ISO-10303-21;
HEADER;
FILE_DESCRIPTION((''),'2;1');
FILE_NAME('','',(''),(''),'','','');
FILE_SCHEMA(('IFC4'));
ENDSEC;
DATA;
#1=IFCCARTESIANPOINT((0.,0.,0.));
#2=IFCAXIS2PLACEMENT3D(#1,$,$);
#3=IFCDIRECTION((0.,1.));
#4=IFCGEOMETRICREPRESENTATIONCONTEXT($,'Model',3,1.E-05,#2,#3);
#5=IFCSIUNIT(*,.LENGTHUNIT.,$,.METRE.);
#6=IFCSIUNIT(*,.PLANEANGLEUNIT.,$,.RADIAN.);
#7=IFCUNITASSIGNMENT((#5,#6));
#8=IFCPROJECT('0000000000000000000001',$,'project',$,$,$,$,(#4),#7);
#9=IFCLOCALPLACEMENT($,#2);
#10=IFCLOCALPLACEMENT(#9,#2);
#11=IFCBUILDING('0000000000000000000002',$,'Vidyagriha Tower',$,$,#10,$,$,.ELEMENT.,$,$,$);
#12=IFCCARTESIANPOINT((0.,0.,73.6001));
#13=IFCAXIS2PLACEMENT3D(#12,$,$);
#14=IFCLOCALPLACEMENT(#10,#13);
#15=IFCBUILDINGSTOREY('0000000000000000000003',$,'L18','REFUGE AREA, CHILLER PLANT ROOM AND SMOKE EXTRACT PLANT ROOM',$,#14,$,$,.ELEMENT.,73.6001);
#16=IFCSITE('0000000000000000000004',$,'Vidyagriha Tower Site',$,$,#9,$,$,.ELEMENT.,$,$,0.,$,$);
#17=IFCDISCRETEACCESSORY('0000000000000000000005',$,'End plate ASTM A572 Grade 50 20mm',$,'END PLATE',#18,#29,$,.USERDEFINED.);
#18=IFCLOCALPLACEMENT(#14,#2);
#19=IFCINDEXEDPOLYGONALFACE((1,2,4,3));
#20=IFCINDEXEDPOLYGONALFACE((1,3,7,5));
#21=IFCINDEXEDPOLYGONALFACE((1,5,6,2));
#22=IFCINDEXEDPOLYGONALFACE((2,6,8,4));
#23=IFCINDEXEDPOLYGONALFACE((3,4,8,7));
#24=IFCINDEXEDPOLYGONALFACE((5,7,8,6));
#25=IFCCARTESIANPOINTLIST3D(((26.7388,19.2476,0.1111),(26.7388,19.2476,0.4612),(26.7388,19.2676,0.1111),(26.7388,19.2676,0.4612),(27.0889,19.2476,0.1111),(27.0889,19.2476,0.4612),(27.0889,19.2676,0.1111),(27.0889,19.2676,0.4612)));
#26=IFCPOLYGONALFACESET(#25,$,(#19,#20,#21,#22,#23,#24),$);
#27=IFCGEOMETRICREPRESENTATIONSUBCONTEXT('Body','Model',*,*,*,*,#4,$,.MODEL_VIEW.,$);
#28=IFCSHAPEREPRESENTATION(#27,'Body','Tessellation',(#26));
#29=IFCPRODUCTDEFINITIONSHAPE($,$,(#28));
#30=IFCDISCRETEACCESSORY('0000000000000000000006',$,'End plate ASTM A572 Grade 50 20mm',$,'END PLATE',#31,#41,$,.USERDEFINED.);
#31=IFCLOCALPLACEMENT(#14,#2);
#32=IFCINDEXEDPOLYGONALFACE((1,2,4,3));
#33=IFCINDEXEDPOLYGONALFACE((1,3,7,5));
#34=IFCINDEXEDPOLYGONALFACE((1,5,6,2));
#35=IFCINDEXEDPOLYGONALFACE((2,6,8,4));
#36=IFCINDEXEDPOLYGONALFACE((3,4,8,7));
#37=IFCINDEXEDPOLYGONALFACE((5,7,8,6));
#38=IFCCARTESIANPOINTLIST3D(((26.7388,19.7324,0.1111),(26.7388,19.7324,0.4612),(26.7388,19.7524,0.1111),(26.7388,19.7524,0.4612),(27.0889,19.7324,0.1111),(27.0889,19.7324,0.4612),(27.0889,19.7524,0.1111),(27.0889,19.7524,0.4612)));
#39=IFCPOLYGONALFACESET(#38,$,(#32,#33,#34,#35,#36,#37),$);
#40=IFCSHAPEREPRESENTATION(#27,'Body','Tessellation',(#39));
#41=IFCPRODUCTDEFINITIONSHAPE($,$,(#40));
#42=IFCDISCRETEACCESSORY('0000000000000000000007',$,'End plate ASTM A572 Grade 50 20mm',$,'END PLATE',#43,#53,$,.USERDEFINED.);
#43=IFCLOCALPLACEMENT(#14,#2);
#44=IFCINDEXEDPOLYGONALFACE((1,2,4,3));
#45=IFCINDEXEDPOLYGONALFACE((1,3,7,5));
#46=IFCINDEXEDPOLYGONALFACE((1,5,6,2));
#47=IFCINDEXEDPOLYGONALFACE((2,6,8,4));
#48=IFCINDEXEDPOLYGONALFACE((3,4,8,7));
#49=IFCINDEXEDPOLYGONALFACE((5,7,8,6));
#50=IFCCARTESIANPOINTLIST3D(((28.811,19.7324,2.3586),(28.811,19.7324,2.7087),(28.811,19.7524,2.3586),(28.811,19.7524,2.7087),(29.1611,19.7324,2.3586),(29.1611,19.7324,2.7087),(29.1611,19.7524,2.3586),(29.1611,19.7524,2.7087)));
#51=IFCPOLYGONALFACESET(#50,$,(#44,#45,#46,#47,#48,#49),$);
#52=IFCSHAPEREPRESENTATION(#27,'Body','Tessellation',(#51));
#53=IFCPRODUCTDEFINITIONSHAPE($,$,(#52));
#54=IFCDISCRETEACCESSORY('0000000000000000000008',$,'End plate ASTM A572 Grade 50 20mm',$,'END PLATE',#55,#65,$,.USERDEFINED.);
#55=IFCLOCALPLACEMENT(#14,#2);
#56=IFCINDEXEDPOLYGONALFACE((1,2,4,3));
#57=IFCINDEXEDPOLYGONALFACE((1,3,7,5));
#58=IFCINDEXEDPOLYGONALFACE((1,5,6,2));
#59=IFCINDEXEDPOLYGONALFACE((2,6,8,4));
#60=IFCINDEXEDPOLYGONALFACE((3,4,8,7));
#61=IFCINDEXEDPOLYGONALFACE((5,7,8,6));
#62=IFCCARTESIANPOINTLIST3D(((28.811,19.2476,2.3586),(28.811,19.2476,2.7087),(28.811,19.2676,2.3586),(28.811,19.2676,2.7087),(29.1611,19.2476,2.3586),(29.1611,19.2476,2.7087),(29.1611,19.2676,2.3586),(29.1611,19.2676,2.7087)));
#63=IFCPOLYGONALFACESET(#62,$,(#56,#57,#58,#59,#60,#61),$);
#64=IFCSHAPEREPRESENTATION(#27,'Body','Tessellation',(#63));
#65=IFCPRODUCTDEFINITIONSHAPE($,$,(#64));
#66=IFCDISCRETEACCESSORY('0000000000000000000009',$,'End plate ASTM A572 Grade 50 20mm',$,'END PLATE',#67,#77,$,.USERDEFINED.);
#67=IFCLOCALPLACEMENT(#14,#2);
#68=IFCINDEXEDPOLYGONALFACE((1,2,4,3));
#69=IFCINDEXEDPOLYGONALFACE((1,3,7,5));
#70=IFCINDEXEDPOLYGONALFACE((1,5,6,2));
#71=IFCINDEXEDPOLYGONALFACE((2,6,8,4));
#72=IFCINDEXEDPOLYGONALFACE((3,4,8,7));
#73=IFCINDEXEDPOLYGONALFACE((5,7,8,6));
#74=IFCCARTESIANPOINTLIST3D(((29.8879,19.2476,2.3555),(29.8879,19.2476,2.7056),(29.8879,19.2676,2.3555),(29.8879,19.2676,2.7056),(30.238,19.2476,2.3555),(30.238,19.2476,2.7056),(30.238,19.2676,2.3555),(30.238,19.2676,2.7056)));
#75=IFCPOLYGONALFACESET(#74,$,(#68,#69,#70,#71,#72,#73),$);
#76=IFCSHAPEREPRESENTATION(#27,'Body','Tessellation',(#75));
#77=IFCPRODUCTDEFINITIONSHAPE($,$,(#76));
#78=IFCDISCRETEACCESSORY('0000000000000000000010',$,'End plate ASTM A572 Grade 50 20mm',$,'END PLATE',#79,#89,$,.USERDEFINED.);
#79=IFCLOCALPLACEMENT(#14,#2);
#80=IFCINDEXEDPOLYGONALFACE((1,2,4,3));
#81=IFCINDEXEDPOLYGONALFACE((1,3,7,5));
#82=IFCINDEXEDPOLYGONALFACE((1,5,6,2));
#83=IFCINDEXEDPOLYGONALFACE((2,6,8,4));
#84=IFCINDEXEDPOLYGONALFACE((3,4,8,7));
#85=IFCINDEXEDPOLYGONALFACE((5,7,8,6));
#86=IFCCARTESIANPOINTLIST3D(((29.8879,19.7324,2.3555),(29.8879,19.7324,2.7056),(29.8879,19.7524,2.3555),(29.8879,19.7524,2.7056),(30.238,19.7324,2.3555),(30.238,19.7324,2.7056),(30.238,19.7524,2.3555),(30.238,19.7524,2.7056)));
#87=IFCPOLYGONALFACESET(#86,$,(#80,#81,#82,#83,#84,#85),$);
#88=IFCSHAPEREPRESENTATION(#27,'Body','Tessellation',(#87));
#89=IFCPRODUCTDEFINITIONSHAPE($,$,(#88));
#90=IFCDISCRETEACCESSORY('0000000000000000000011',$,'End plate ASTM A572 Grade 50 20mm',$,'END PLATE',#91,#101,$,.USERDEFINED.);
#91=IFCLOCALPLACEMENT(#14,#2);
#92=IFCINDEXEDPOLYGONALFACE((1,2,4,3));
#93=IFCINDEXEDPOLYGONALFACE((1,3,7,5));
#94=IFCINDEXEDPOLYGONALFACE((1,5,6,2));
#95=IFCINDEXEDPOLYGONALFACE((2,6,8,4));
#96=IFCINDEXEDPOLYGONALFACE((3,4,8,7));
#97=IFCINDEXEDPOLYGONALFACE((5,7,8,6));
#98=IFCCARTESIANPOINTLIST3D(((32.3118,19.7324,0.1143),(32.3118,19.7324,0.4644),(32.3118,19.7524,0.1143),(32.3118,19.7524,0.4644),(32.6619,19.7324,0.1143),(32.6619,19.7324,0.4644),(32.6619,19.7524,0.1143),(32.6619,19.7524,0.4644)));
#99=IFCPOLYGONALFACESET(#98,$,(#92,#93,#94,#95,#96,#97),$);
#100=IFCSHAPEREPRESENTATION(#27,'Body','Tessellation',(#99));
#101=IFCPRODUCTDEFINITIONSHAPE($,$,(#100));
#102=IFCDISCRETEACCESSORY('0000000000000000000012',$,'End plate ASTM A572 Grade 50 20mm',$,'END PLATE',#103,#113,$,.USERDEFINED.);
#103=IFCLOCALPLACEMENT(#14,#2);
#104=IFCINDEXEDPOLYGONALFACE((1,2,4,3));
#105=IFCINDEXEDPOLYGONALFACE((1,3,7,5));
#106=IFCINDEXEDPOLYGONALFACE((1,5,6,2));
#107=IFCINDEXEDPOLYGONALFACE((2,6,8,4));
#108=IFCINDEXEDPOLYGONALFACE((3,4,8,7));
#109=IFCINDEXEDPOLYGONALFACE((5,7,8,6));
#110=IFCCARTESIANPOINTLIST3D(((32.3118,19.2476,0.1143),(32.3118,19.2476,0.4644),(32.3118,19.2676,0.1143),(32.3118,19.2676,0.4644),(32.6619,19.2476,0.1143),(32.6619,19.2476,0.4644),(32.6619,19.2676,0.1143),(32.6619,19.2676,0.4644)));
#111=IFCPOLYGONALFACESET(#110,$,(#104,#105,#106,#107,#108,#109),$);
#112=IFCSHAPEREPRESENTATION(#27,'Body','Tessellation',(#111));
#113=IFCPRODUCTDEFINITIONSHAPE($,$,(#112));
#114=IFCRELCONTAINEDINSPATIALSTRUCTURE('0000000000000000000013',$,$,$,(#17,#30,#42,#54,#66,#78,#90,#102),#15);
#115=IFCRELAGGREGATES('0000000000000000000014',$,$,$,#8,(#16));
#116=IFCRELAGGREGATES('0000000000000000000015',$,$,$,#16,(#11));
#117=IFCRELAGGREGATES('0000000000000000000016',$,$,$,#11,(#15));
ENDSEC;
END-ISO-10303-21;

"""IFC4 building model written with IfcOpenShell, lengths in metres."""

from ifc_helpers import new_model, si_unit, direction, frame, origin, origin_2d, place, context, subcontext, project, spatial, rectangle, extrude, element, save


model = new_model("IFC4")

# Units and contexts
model_context = context("Model", 3, precision=1e-05, world=origin(), true_north=direction((0.0, 1.0)))
body_context = subcontext(model_context, "Body", "Model", "MODEL_VIEW")
ifc_project = project(units=[si_unit("LENGTHUNIT", "METRE"), si_unit("PLANEANGLEUNIT", "RADIAN")], contexts=[model_context])

# Site, building, storey
site_placement = place(None, origin())
site = spatial("IfcSite", under=ifc_project, at=site_placement, Name="Vidyagriha Tower Site", CompositionType="ELEMENT", RefElevation=0.0)
building_placement = place(site_placement, origin())
building = spatial("IfcBuilding", under=site, at=building_placement, Name="Vidyagriha Tower", CompositionType="ELEMENT")
storey_placement = place(building_placement, frame((0.0, 0.0, 73.6001)))
storey = spatial("IfcBuildingStorey", under=building, at=storey_placement, Name="L18", Description="REFUGE AREA, CHILLER PLANT ROOM AND SMOKE EXTRACT PLANT ROOM", CompositionType="ELEMENT", Elevation=73.6001)

# Discrete accessories
for number, where, z_axis, x_axis, name in (
    (1, (26.9138, 19.2576, 0.1111), (0.0, 0.0, 1.0), (-1.0, 0.0, 0.0), "End plate ASTM A572 Grade 50 20mm"),
    (2, (26.9138, 19.7424, 0.1111), (0.0, 0.0, 1.0), (-1.0, 0.0, 0.0), "End plate ASTM A572 Grade 50 20mm"),
):
    element("IfcDiscreteAccessory", number, at=place(storey_placement, frame(where, z_axis=z_axis, x_axis=x_axis)), inside=storey, Name=name, ObjectType="END PLATE", PredefinedType="USERDEFINED", context=body_context, shape_type="SweptSolid", body=[
        extrude(rectangle(XDim=0.3501, YDim=0.02, at=origin_2d()), origin(), (0.0, 0.0, 1.0), 0.3501),
    ])
for number, where, name in (
    (3, (28.9861, 19.7424, 2.3586), "End plate ASTM A572 Grade 50 20mm"),
    (4, (28.9861, 19.2576, 2.3586), "End plate ASTM A572 Grade 50 20mm"),
):
    element("IfcDiscreteAccessory", number, at=place(storey_placement, frame(where)), inside=storey, Name=name, ObjectType="END PLATE", PredefinedType="USERDEFINED", context=body_context, shape_type="SweptSolid", body=[
        extrude(rectangle(XDim=0.3501, YDim=0.02, at=origin_2d()), origin(), (0.0, 0.0, 1.0), 0.3501),
    ])
for number, where, z_axis, x_axis, name in (
    (5, (30.063, 19.2576, 2.3555), (0.0, 0.0, 1.0), (-1.0, 0.0, 0.0), "End plate ASTM A572 Grade 50 20mm"),
    (6, (30.063, 19.7424, 2.3555), (0.0, 0.0, 1.0), (-1.0, 0.0, 0.0), "End plate ASTM A572 Grade 50 20mm"),
):
    element("IfcDiscreteAccessory", number, at=place(storey_placement, frame(where, z_axis=z_axis, x_axis=x_axis)), inside=storey, Name=name, ObjectType="END PLATE", PredefinedType="USERDEFINED", context=body_context, shape_type="SweptSolid", body=[
        extrude(rectangle(XDim=0.3501, YDim=0.02, at=origin_2d()), origin(), (0.0, 0.0, 1.0), 0.3501),
    ])
for number, where, name in (
    (7, (32.4868, 19.7424, 0.1143), "End plate ASTM A572 Grade 50 20mm"),
    (8, (32.4868, 19.2576, 0.1143), "End plate ASTM A572 Grade 50 20mm"),
):
    element("IfcDiscreteAccessory", number, at=place(storey_placement, frame(where)), inside=storey, Name=name, ObjectType="END PLATE", PredefinedType="USERDEFINED", context=body_context, shape_type="SweptSolid", body=[
        extrude(rectangle(XDim=0.3501, YDim=0.02, at=origin_2d()), origin(), (0.0, 0.0, 1.0), 0.3501),
    ])

save(model, "model.ifc")
